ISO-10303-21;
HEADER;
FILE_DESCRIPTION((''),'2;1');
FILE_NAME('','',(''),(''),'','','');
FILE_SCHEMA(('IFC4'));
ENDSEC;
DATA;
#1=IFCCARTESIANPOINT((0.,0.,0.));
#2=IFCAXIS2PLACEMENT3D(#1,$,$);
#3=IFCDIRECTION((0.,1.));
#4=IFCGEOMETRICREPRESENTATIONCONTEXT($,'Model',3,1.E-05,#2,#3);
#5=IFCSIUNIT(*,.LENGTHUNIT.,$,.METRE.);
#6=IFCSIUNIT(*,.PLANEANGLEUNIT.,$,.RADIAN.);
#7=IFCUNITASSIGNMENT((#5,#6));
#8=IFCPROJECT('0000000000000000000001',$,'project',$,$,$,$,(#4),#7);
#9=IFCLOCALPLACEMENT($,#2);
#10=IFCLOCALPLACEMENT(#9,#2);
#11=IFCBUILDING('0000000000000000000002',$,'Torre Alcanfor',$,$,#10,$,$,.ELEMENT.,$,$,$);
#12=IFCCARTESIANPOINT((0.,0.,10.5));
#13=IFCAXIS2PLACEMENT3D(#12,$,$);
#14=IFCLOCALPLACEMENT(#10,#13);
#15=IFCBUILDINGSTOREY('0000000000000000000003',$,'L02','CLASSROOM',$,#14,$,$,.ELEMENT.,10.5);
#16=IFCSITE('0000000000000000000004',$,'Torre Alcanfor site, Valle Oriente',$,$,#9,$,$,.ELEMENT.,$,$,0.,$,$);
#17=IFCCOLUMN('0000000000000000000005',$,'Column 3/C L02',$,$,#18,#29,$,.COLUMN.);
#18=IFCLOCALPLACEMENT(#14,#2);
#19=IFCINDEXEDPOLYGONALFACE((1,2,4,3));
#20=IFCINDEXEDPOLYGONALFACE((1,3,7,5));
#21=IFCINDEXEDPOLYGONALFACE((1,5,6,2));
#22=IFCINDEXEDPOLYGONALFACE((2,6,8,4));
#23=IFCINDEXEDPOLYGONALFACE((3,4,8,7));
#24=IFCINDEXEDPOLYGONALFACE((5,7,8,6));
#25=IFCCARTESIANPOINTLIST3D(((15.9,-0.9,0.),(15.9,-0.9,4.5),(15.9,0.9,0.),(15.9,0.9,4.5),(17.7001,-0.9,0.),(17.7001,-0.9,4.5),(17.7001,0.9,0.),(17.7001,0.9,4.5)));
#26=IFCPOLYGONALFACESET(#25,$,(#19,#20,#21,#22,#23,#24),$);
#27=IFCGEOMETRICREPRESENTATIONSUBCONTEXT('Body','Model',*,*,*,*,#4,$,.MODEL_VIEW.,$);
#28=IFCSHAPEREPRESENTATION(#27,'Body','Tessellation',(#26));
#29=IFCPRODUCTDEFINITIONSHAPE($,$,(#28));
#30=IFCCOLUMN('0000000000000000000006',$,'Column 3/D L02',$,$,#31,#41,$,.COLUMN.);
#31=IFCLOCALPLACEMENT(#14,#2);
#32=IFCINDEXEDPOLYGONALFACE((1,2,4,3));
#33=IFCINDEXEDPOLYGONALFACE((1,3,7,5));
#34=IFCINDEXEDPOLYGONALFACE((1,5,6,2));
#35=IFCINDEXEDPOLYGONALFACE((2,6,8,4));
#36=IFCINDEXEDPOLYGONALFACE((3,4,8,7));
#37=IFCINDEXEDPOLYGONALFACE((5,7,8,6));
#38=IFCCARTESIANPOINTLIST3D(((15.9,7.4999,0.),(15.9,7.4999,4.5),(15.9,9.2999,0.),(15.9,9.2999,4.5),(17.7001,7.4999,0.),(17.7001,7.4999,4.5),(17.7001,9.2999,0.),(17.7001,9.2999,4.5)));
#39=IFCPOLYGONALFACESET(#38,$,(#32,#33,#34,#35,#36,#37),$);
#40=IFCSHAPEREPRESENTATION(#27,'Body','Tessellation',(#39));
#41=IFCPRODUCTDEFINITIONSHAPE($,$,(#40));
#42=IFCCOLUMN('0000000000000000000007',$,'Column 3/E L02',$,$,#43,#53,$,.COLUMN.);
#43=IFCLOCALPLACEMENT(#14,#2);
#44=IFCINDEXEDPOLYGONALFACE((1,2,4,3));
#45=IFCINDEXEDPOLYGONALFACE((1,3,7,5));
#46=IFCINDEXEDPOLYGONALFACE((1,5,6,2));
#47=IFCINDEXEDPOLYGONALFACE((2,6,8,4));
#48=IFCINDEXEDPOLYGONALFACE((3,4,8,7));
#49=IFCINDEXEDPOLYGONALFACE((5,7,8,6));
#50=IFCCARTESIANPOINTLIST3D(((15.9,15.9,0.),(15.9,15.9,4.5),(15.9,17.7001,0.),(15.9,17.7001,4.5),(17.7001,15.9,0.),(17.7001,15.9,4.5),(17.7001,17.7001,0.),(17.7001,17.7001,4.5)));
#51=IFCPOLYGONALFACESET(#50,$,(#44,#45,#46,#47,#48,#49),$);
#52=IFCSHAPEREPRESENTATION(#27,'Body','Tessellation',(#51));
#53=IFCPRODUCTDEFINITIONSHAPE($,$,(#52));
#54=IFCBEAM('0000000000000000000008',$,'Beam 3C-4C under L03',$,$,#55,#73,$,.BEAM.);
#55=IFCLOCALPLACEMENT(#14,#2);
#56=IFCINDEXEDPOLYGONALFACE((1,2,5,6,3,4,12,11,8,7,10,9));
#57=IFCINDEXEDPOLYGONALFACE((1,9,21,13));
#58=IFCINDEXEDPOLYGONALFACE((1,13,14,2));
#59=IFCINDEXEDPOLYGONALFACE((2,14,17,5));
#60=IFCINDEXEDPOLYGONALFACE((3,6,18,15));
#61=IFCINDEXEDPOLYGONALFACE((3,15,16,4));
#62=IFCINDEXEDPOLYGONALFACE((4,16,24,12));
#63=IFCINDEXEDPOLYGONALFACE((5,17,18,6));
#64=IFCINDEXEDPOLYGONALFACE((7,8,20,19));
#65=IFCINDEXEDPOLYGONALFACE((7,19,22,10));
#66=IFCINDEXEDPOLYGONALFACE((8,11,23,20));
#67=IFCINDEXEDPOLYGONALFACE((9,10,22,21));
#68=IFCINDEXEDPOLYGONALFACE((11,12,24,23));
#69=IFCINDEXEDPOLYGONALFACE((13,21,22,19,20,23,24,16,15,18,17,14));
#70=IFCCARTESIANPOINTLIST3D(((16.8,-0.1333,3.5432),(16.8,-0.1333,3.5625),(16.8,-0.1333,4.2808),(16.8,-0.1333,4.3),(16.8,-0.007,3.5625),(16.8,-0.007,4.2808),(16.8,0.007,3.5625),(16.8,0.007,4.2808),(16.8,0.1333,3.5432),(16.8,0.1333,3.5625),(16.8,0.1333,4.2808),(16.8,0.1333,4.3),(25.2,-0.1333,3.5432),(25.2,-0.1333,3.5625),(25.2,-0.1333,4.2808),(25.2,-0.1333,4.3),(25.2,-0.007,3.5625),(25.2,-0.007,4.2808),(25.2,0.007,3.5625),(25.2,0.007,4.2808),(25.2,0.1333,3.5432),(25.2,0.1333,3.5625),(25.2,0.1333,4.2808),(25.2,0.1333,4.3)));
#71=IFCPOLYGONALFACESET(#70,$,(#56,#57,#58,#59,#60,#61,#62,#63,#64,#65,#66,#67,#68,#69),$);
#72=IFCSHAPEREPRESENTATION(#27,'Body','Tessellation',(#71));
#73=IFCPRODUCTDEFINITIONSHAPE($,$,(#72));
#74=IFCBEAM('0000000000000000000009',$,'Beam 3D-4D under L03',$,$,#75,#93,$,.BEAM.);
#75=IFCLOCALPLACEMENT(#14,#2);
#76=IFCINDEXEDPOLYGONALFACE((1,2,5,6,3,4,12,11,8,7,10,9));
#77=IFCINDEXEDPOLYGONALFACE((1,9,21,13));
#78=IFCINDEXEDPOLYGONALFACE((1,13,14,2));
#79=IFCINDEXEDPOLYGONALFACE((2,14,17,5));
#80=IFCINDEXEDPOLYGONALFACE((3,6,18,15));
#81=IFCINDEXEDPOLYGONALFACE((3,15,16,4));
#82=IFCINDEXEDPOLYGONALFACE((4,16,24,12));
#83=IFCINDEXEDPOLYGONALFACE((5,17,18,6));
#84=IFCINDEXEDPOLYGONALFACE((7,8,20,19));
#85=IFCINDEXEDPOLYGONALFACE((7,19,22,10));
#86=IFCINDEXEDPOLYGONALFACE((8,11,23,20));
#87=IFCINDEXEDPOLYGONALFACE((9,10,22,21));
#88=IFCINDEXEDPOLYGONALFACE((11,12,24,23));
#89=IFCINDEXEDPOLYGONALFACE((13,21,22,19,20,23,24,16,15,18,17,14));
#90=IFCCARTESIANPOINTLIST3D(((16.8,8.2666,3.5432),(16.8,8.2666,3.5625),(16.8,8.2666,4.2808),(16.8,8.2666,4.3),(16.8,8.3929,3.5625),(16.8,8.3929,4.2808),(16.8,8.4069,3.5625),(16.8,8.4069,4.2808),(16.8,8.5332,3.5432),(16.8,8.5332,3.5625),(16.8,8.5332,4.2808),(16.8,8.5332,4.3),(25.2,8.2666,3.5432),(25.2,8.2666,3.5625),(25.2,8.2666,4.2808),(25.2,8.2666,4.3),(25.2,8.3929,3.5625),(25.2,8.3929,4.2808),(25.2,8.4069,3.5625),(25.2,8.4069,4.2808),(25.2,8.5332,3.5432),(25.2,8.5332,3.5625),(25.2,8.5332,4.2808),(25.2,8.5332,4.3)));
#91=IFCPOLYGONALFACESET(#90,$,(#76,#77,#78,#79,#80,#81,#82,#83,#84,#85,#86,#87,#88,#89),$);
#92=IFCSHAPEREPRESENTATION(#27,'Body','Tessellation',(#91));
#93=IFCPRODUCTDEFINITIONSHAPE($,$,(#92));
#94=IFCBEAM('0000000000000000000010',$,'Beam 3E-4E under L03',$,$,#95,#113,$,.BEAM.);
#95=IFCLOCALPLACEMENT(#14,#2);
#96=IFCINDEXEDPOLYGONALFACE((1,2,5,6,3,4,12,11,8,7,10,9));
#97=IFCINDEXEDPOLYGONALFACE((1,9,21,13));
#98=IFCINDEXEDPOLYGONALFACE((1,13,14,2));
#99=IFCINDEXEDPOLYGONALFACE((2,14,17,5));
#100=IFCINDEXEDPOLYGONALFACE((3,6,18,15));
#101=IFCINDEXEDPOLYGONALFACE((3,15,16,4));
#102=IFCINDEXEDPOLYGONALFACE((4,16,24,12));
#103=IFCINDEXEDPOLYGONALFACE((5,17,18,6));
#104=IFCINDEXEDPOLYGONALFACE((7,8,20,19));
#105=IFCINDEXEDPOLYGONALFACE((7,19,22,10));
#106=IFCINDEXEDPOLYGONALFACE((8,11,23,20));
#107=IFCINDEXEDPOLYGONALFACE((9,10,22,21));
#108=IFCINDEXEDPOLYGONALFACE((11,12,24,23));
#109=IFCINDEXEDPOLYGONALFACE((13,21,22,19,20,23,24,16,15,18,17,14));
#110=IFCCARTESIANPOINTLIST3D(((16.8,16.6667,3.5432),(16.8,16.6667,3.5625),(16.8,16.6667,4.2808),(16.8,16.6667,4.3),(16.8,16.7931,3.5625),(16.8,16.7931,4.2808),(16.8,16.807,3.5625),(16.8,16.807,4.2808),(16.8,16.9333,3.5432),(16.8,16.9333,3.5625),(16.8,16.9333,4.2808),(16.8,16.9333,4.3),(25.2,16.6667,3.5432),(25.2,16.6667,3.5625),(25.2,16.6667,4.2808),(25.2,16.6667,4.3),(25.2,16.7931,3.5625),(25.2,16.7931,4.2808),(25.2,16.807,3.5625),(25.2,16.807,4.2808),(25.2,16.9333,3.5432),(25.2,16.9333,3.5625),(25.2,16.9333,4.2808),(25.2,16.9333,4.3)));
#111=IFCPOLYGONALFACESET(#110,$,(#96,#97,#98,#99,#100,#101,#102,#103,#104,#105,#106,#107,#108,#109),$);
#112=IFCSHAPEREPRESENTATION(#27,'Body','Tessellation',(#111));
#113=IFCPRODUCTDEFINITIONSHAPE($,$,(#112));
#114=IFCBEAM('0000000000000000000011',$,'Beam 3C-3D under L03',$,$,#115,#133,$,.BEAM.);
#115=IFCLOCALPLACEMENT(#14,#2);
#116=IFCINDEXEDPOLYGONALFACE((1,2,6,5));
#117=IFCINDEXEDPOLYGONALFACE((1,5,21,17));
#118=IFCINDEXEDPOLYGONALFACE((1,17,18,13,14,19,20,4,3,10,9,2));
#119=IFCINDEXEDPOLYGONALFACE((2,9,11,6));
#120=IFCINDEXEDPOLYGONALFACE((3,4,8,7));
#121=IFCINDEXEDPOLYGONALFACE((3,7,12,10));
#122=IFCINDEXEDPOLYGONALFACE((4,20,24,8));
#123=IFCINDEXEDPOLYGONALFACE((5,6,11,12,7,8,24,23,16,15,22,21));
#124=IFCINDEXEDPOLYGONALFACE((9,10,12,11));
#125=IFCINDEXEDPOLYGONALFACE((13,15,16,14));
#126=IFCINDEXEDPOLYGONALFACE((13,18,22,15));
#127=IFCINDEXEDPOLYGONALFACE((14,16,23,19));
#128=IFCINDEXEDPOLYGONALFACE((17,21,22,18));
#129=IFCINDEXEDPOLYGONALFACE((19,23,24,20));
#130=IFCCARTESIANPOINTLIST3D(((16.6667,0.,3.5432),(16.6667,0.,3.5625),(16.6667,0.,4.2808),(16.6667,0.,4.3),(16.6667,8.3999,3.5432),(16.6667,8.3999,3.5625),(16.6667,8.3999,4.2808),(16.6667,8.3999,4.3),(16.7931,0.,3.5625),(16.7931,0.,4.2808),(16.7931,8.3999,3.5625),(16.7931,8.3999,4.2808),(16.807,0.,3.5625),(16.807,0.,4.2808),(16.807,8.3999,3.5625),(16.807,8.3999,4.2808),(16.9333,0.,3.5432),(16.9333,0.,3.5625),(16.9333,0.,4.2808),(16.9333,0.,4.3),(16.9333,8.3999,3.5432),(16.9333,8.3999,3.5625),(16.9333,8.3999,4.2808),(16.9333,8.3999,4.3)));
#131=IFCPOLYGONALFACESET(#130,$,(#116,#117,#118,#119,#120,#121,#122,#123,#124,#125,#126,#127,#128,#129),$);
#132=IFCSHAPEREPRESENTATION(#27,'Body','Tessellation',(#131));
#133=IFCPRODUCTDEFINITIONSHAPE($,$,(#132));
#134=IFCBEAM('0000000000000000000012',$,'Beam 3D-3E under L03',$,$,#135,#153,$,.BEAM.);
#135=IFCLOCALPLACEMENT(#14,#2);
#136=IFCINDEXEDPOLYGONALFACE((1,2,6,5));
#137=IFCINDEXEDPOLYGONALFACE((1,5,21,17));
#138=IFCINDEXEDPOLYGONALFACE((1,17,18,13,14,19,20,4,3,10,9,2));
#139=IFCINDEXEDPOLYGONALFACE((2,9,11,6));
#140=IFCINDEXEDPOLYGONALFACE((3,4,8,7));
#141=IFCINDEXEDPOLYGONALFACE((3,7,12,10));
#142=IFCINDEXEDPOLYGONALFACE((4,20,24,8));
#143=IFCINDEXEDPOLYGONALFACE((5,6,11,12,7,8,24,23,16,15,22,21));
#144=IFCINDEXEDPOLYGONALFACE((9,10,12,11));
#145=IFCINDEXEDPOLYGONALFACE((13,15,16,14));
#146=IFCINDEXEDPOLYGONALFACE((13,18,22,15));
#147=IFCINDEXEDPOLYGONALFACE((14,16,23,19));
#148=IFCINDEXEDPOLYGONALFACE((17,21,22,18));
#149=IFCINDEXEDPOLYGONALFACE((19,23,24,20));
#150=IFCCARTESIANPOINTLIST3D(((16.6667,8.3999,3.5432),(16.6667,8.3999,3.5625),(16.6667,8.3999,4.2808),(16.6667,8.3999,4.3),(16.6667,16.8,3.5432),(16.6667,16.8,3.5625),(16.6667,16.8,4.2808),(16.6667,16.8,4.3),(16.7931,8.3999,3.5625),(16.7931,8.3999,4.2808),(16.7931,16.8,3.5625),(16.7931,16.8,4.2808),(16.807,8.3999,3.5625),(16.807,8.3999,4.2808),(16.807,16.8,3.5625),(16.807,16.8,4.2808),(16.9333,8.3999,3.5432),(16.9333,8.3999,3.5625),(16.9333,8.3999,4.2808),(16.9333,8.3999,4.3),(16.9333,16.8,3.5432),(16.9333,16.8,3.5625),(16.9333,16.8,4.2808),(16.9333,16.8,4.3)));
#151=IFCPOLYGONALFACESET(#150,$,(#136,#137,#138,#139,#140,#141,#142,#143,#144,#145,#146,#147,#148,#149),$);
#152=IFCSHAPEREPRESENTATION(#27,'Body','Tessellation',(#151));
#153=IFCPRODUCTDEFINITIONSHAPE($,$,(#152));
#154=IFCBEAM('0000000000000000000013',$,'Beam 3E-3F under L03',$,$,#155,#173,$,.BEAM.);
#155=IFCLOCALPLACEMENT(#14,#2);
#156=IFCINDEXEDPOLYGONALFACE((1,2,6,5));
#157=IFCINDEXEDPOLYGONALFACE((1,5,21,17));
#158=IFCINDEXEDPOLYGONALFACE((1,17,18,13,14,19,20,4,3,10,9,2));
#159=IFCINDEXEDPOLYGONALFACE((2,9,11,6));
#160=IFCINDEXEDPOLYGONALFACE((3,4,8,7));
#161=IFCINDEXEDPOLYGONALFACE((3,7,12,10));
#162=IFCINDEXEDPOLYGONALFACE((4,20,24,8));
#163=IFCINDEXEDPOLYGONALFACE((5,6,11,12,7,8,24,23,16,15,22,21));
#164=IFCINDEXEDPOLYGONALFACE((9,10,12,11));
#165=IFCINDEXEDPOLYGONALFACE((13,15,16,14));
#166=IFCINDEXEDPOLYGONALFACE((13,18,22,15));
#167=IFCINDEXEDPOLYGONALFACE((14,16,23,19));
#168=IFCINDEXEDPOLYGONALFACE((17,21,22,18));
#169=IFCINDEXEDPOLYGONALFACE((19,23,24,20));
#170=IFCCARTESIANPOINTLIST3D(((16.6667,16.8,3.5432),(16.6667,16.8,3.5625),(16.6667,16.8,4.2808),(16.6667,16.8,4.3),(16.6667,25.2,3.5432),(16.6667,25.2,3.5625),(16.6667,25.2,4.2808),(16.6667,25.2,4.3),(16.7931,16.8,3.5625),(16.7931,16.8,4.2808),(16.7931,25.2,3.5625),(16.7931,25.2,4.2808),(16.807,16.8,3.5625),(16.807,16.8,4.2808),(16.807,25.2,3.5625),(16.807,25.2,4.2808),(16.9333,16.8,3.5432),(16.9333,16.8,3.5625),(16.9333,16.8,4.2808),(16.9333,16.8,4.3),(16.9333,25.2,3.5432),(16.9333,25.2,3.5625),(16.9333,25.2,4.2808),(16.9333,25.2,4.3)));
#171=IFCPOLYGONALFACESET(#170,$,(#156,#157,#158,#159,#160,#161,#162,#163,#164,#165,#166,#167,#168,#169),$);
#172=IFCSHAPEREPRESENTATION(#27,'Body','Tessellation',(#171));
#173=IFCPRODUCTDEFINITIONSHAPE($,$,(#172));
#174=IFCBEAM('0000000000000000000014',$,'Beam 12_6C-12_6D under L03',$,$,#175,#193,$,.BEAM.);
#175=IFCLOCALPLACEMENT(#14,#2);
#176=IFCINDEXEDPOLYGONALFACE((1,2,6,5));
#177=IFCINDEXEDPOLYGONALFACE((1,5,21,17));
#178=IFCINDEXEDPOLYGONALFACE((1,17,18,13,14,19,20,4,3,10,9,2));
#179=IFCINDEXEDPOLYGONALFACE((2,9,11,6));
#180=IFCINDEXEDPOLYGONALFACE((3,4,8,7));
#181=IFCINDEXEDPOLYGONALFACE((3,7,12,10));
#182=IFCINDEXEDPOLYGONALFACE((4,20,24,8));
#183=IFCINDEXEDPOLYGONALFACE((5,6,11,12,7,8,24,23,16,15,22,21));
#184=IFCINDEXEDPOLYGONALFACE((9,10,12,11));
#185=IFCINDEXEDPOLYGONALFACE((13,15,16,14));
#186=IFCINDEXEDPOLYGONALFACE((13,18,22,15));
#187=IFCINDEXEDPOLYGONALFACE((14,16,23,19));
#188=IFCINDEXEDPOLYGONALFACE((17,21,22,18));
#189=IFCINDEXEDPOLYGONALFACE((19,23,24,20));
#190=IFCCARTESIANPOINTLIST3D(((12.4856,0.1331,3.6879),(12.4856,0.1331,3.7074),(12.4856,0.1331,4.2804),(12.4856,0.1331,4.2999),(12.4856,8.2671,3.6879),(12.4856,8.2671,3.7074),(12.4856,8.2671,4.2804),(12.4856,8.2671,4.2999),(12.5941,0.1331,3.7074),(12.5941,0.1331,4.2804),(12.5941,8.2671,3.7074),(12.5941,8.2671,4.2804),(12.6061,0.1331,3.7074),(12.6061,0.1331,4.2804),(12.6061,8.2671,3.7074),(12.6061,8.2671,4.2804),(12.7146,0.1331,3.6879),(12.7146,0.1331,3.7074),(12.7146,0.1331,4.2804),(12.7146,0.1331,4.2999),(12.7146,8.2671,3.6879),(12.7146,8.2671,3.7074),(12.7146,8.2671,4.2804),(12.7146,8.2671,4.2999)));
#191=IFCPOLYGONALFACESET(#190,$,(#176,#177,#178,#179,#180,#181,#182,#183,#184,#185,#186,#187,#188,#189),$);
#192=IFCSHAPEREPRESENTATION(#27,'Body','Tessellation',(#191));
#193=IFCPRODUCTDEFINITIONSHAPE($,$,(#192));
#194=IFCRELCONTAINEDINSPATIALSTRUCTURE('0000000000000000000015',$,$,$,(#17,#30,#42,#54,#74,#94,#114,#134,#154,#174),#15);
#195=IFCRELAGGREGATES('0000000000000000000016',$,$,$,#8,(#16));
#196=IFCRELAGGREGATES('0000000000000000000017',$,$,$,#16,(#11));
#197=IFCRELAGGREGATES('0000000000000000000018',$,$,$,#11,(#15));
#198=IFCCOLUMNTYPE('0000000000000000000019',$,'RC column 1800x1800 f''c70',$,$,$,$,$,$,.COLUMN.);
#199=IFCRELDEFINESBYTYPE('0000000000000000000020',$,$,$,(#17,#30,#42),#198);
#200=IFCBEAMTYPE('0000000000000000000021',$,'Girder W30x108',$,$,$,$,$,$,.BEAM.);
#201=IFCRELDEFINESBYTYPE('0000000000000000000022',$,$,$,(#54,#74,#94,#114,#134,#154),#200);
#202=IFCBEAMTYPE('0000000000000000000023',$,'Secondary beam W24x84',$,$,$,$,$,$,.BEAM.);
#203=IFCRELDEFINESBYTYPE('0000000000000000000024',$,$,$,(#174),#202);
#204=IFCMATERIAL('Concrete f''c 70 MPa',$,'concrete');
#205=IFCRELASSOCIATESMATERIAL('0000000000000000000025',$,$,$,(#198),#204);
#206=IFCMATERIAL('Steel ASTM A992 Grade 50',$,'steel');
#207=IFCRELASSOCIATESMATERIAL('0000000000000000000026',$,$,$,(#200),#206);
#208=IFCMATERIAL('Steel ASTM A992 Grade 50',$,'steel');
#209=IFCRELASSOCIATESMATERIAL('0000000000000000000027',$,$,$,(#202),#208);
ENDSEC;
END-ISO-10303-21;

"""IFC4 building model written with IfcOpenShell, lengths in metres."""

from ifc_helpers import new_model, si_unit, direction, frame, origin, origin_2d, place, context, subcontext, project, spatial, rectangle, i_section, extrude, material, material_profile, profile_set, type_object, element, save


model = new_model("IFC4")

# Units and contexts
model_context = context("Model", 3, precision=1e-05, world=origin(), true_north=direction((0.0, 1.0)))
body_context = subcontext(model_context, "Body", "Model", "MODEL_VIEW")
ifc_project = project(units=[si_unit("LENGTHUNIT", "METRE"), si_unit("PLANEANGLEUNIT", "RADIAN")], contexts=[model_context])

# Site, building, storey
site_placement = place(None, origin())
site = spatial("IfcSite", under=ifc_project, at=site_placement, Name="Torre Alcanfor site, Valle Oriente", CompositionType="ELEMENT", RefElevation=0.0)
building_placement = place(site_placement, origin())
building = spatial("IfcBuilding", under=site, at=building_placement, Name="Torre Alcanfor", CompositionType="ELEMENT")
storey_placement = place(building_placement, frame((0.0, 0.0, 10.5)))
storey = spatial("IfcBuildingStorey", under=building, at=storey_placement, Name="L02", Description="CLASSROOM", CompositionType="ELEMENT", Elevation=10.5)

# Columns
ifc_material_1 = material(Name="Concrete f'c 70 MPa", Category="concrete")
ifc_material_profile_1 = material_profile(ifc_material_1, rectangle(XDim=1.8, YDim=1.8, at=origin_2d()), Name="1800x1800")
ifc_profile_set_1 = profile_set([ifc_material_profile_1], Name="Concrete f'c 70 MPa")
column_type = type_object("IfcColumnType", Name="RC column 1800x1800 f'c70", PredefinedType="COLUMN", material=ifc_profile_set_1)
for number, where, z_axis, x_axis, name in (
    (1, (16.8, 0.0, 0.0), (0.0, 0.0, 1.0), (1.0, 0.0, 0.0), "Column 3/C L02"),
    (2, (16.8, 8.3999, 0.0), (0.0, 0.0, 1.0), (1.0, 0.0, 0.0), "Column 3/D L02"),
    (3, (16.8, 16.8, 0.0), (0.0, 0.0, 1.0), (1.0, 0.0, 0.0), "Column 3/E L02"),
):
    element("IfcColumn", number, at=place(storey_placement, frame(where, z_axis=z_axis, x_axis=x_axis)), inside=storey, type_object=column_type, Name=name, PredefinedType="COLUMN", context=body_context, shape_type="SweptSolid", body=[
        extrude(rectangle(XDim=1.8, YDim=1.8, at=origin_2d()), origin(), (0.0, 0.0, 1.0), 4.5),
    ])

# Beams
ifc_material_2 = material(Name="Steel ASTM A992 Grade 50", Category="steel")
ifc_material_profile_2 = material_profile(ifc_material_2, i_section(OverallWidth=0.2666, OverallDepth=0.7568, WebThickness=0.0139, FlangeThickness=0.0193, at=origin_2d()), Name="W30x108")
ifc_profile_set_2 = profile_set([ifc_material_profile_2], Name="Steel ASTM A992 Grade 50")
beam_type_1 = type_object("IfcBeamType", Name="Girder W30x108", PredefinedType="BEAM", material=ifc_profile_set_2)
for number, where, z_axis, x_axis, name in (
    (4, (16.8, 0.0, 3.9216), (1.0, 0.0, 0.0), (0.0, 1.0, 0.0), "Beam 3C-4C under L03"),
    (5, (16.8, 8.3999, 3.9216), (1.0, 0.0, 0.0), (0.0, 1.0, 0.0), "Beam 3D-4D under L03"),
    (6, (16.8, 16.8, 3.9216), (1.0, 0.0, 0.0), (0.0, 1.0, 0.0), "Beam 3E-4E under L03"),
    (7, (16.8, 0.0, 3.9216), (0.0, 1.0, 0.0), (-1.0, 0.0, 0.0), "Beam 3C-3D under L03"),
):
    element("IfcBeam", number, at=place(storey_placement, frame(where, z_axis=z_axis, x_axis=x_axis)), inside=storey, type_object=beam_type_1, Name=name, PredefinedType="BEAM", context=body_context, shape_type="SweptSolid", body=[
        extrude(i_section(OverallWidth=0.2666, OverallDepth=0.7568, WebThickness=0.0139, FlangeThickness=0.0193, at=origin_2d()), origin(), (0.0, 0.0, 1.0), 8.3999),
    ])
beam_1_placement = place(storey_placement, frame((16.8, 8.3999, 3.9216), z_axis=(0.0, 1.0, 0.0), x_axis=(-1.0, 0.0, 0.0)))
element("IfcBeam", 8, at=beam_1_placement, inside=storey, type_object=beam_type_1, Name="Beam 3D-3E under L03", PredefinedType="BEAM", context=body_context, shape_type="SweptSolid", body=[
    extrude(i_section(OverallWidth=0.2666, OverallDepth=0.7568, WebThickness=0.0139, FlangeThickness=0.0193, at=origin_2d()), origin(), (0.0, 0.0, 1.0), 8.4001),
])
beam_2_placement = place(storey_placement, frame((16.8, 16.8, 3.9216), z_axis=(0.0, 1.0, 0.0), x_axis=(-1.0, 0.0, 0.0)))
element("IfcBeam", 9, at=beam_2_placement, inside=storey, type_object=beam_type_1, Name="Beam 3E-3F under L03", PredefinedType="BEAM", context=body_context, shape_type="SweptSolid", body=[
    extrude(i_section(OverallWidth=0.2666, OverallDepth=0.7568, WebThickness=0.0139, FlangeThickness=0.0193, at=origin_2d()), origin(), (0.0, 0.0, 1.0), 8.3999),
])
ifc_material_3 = material(Name="Steel ASTM A992 Grade 50", Category="steel")
ifc_material_profile_3 = material_profile(ifc_material_3, i_section(OverallWidth=0.229, OverallDepth=0.6121, WebThickness=0.012, FlangeThickness=0.0195, at=origin_2d()), Name="W24x84")
ifc_profile_set_3 = profile_set([ifc_material_profile_3], Name="Steel ASTM A992 Grade 50")
beam_type_2 = type_object("IfcBeamType", Name="Secondary beam W24x84", PredefinedType="BEAM", material=ifc_profile_set_3)
for number, where, z_axis, x_axis, name in (
    (10, (12.6001, 0.1331, 3.9939), (0.0, 1.0, 0.0), (-1.0, 0.0, 0.0), "Beam 12_6C-12_6D under L03"),
):
    element("IfcBeam", number, at=place(storey_placement, frame(where, z_axis=z_axis, x_axis=x_axis)), inside=storey, type_object=beam_type_2, Name=name, PredefinedType="BEAM", context=body_context, shape_type="SweptSolid", body=[
        extrude(i_section(OverallWidth=0.229, OverallDepth=0.6121, WebThickness=0.012, FlangeThickness=0.0195, at=origin_2d()), origin(), (0.0, 0.0, 1.0), 8.134),
    ])

save(model, "model.ifc")
